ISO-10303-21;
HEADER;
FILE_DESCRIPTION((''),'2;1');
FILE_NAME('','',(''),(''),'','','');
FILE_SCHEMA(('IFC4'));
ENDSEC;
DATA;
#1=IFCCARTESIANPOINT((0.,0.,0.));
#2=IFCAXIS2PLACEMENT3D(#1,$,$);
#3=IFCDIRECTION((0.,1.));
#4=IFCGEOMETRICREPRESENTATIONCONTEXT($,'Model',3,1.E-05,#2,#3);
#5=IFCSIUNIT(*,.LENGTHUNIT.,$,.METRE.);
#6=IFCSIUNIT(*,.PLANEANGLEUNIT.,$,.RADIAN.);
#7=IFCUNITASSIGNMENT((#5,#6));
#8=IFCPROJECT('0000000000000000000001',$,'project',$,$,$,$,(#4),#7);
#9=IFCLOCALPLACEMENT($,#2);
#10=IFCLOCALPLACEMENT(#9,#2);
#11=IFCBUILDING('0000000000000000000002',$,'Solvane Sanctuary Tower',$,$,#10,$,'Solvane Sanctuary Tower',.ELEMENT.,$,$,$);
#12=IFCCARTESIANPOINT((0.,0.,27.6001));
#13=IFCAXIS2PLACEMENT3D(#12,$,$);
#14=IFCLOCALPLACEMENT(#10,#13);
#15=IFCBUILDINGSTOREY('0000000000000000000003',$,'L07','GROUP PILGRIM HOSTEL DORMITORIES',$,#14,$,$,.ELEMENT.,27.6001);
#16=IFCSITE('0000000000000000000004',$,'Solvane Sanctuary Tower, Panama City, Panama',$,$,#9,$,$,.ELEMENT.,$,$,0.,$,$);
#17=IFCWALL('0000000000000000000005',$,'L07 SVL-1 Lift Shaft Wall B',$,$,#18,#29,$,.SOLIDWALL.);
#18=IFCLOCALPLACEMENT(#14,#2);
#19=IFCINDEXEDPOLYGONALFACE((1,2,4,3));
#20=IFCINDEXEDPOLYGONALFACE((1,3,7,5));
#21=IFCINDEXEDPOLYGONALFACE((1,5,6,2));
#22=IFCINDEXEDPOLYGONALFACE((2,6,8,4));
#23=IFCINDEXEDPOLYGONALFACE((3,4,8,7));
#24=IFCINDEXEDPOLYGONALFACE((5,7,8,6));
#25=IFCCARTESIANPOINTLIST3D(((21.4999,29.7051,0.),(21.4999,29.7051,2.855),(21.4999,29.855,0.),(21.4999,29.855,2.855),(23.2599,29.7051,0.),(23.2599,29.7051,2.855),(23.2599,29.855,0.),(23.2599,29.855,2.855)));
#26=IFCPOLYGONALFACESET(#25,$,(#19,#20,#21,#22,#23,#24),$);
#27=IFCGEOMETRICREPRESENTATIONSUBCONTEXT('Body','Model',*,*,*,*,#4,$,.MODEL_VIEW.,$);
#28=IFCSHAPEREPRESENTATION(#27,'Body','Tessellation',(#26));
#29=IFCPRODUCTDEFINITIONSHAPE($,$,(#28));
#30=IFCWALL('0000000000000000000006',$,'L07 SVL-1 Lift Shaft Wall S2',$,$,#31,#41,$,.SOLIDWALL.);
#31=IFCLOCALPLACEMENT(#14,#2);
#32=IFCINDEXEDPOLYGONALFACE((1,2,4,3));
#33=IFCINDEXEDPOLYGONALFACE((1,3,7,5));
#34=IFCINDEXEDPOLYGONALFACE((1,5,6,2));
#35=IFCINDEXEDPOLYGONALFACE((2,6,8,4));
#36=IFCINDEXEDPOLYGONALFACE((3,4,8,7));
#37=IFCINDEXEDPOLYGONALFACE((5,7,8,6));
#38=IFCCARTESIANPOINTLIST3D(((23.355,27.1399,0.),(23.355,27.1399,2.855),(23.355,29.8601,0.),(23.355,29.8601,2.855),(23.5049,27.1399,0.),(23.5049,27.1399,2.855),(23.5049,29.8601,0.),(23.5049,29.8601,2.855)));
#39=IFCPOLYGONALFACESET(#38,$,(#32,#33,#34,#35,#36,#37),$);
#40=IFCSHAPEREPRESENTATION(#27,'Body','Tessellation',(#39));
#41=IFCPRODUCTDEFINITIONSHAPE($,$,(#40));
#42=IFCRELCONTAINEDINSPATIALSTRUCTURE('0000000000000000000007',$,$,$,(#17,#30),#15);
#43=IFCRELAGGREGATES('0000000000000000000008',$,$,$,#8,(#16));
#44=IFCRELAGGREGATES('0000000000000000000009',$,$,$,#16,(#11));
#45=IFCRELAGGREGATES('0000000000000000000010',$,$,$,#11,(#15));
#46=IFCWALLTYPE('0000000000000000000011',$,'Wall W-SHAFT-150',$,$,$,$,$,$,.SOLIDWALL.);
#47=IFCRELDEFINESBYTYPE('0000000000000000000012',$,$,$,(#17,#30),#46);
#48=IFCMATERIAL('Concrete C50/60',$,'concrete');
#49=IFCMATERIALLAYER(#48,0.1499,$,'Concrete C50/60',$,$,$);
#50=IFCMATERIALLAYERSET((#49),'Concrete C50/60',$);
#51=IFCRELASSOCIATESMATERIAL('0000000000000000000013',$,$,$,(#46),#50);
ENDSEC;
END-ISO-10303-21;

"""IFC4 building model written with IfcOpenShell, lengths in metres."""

from ifc_helpers import new_model, si_unit, direction, frame, frame_2d, origin, place, context, subcontext, project, spatial, rectangle, extrude, material, layer, layer_set, type_object, element, save


model = new_model("IFC4")

# Units and contexts
model_context = context("Model", 3, precision=1e-05, world=origin(), true_north=direction((0.0, 1.0)))
body_context = subcontext(model_context, "Body", "Model", "MODEL_VIEW")
ifc_project = project(units=[si_unit("LENGTHUNIT", "METRE"), si_unit("PLANEANGLEUNIT", "RADIAN")], contexts=[model_context])

# Site, building, storey
site_placement = place(None, origin())
site = spatial("IfcSite", under=ifc_project, at=site_placement, Name="Solvane Sanctuary Tower, Panama City, Panama", CompositionType="ELEMENT", RefElevation=0.0)
building_placement = place(site_placement, origin())
building = spatial("IfcBuilding", under=site, at=building_placement, Name="Solvane Sanctuary Tower", LongName="Solvane Sanctuary Tower", CompositionType="ELEMENT")
storey_placement = place(building_placement, frame((0.0, 0.0, 27.6001)))
storey = spatial("IfcBuildingStorey", under=building, at=storey_placement, Name="L07", Description="GROUP PILGRIM HOSTEL DORMITORIES", CompositionType="ELEMENT", Elevation=27.6001)

# Shared definitions
ifc_material_1 = material(Name="Concrete C50/60", Category="concrete")
ifc_layer_1 = layer(ifc_material_1, 0.1499, Name="Concrete C50/60")
ifc_layer_set_1 = layer_set([ifc_layer_1], Name="Concrete C50/60")
wall_type_1 = type_object("IfcWallType", Name="Wall W-SHAFT-150", PredefinedType="SOLIDWALL", material=ifc_layer_set_1)

# Walls
wall_1_placement = place(storey_placement, frame((21.5, 29.78, 0.0), z_axis=(0.0, 0.0, 1.0), x_axis=(1.0, 0.0, 0.0)))
element("IfcWall", 1, at=wall_1_placement, inside=storey, type_object=wall_type_1, Name="L07 SVL-1 Lift Shaft Wall B", PredefinedType="SOLIDWALL", context=body_context, shape_type="SweptSolid", body=[
    extrude(rectangle(XDim=1.76, YDim=0.1499, at=frame_2d((0.8799, 0.0))), origin(), (0.0, 0.0, 1.0), 2.855),
])
wall_2_placement = place(storey_placement, frame((23.4299, 27.1399, 0.0), z_axis=(0.0, 0.0, 1.0), x_axis=(0.0, 1.0, 0.0)))
element("IfcWall", 2, at=wall_2_placement, inside=storey, type_object=wall_type_1, Name="L07 SVL-1 Lift Shaft Wall S2", PredefinedType="SOLIDWALL", context=body_context, shape_type="SweptSolid", body=[
    extrude(rectangle(XDim=2.7202, YDim=0.1499, at=frame_2d((1.3601, 0.0))), origin(), (0.0, 0.0, 1.0), 2.855),
])

save(model, "model.ifc")
